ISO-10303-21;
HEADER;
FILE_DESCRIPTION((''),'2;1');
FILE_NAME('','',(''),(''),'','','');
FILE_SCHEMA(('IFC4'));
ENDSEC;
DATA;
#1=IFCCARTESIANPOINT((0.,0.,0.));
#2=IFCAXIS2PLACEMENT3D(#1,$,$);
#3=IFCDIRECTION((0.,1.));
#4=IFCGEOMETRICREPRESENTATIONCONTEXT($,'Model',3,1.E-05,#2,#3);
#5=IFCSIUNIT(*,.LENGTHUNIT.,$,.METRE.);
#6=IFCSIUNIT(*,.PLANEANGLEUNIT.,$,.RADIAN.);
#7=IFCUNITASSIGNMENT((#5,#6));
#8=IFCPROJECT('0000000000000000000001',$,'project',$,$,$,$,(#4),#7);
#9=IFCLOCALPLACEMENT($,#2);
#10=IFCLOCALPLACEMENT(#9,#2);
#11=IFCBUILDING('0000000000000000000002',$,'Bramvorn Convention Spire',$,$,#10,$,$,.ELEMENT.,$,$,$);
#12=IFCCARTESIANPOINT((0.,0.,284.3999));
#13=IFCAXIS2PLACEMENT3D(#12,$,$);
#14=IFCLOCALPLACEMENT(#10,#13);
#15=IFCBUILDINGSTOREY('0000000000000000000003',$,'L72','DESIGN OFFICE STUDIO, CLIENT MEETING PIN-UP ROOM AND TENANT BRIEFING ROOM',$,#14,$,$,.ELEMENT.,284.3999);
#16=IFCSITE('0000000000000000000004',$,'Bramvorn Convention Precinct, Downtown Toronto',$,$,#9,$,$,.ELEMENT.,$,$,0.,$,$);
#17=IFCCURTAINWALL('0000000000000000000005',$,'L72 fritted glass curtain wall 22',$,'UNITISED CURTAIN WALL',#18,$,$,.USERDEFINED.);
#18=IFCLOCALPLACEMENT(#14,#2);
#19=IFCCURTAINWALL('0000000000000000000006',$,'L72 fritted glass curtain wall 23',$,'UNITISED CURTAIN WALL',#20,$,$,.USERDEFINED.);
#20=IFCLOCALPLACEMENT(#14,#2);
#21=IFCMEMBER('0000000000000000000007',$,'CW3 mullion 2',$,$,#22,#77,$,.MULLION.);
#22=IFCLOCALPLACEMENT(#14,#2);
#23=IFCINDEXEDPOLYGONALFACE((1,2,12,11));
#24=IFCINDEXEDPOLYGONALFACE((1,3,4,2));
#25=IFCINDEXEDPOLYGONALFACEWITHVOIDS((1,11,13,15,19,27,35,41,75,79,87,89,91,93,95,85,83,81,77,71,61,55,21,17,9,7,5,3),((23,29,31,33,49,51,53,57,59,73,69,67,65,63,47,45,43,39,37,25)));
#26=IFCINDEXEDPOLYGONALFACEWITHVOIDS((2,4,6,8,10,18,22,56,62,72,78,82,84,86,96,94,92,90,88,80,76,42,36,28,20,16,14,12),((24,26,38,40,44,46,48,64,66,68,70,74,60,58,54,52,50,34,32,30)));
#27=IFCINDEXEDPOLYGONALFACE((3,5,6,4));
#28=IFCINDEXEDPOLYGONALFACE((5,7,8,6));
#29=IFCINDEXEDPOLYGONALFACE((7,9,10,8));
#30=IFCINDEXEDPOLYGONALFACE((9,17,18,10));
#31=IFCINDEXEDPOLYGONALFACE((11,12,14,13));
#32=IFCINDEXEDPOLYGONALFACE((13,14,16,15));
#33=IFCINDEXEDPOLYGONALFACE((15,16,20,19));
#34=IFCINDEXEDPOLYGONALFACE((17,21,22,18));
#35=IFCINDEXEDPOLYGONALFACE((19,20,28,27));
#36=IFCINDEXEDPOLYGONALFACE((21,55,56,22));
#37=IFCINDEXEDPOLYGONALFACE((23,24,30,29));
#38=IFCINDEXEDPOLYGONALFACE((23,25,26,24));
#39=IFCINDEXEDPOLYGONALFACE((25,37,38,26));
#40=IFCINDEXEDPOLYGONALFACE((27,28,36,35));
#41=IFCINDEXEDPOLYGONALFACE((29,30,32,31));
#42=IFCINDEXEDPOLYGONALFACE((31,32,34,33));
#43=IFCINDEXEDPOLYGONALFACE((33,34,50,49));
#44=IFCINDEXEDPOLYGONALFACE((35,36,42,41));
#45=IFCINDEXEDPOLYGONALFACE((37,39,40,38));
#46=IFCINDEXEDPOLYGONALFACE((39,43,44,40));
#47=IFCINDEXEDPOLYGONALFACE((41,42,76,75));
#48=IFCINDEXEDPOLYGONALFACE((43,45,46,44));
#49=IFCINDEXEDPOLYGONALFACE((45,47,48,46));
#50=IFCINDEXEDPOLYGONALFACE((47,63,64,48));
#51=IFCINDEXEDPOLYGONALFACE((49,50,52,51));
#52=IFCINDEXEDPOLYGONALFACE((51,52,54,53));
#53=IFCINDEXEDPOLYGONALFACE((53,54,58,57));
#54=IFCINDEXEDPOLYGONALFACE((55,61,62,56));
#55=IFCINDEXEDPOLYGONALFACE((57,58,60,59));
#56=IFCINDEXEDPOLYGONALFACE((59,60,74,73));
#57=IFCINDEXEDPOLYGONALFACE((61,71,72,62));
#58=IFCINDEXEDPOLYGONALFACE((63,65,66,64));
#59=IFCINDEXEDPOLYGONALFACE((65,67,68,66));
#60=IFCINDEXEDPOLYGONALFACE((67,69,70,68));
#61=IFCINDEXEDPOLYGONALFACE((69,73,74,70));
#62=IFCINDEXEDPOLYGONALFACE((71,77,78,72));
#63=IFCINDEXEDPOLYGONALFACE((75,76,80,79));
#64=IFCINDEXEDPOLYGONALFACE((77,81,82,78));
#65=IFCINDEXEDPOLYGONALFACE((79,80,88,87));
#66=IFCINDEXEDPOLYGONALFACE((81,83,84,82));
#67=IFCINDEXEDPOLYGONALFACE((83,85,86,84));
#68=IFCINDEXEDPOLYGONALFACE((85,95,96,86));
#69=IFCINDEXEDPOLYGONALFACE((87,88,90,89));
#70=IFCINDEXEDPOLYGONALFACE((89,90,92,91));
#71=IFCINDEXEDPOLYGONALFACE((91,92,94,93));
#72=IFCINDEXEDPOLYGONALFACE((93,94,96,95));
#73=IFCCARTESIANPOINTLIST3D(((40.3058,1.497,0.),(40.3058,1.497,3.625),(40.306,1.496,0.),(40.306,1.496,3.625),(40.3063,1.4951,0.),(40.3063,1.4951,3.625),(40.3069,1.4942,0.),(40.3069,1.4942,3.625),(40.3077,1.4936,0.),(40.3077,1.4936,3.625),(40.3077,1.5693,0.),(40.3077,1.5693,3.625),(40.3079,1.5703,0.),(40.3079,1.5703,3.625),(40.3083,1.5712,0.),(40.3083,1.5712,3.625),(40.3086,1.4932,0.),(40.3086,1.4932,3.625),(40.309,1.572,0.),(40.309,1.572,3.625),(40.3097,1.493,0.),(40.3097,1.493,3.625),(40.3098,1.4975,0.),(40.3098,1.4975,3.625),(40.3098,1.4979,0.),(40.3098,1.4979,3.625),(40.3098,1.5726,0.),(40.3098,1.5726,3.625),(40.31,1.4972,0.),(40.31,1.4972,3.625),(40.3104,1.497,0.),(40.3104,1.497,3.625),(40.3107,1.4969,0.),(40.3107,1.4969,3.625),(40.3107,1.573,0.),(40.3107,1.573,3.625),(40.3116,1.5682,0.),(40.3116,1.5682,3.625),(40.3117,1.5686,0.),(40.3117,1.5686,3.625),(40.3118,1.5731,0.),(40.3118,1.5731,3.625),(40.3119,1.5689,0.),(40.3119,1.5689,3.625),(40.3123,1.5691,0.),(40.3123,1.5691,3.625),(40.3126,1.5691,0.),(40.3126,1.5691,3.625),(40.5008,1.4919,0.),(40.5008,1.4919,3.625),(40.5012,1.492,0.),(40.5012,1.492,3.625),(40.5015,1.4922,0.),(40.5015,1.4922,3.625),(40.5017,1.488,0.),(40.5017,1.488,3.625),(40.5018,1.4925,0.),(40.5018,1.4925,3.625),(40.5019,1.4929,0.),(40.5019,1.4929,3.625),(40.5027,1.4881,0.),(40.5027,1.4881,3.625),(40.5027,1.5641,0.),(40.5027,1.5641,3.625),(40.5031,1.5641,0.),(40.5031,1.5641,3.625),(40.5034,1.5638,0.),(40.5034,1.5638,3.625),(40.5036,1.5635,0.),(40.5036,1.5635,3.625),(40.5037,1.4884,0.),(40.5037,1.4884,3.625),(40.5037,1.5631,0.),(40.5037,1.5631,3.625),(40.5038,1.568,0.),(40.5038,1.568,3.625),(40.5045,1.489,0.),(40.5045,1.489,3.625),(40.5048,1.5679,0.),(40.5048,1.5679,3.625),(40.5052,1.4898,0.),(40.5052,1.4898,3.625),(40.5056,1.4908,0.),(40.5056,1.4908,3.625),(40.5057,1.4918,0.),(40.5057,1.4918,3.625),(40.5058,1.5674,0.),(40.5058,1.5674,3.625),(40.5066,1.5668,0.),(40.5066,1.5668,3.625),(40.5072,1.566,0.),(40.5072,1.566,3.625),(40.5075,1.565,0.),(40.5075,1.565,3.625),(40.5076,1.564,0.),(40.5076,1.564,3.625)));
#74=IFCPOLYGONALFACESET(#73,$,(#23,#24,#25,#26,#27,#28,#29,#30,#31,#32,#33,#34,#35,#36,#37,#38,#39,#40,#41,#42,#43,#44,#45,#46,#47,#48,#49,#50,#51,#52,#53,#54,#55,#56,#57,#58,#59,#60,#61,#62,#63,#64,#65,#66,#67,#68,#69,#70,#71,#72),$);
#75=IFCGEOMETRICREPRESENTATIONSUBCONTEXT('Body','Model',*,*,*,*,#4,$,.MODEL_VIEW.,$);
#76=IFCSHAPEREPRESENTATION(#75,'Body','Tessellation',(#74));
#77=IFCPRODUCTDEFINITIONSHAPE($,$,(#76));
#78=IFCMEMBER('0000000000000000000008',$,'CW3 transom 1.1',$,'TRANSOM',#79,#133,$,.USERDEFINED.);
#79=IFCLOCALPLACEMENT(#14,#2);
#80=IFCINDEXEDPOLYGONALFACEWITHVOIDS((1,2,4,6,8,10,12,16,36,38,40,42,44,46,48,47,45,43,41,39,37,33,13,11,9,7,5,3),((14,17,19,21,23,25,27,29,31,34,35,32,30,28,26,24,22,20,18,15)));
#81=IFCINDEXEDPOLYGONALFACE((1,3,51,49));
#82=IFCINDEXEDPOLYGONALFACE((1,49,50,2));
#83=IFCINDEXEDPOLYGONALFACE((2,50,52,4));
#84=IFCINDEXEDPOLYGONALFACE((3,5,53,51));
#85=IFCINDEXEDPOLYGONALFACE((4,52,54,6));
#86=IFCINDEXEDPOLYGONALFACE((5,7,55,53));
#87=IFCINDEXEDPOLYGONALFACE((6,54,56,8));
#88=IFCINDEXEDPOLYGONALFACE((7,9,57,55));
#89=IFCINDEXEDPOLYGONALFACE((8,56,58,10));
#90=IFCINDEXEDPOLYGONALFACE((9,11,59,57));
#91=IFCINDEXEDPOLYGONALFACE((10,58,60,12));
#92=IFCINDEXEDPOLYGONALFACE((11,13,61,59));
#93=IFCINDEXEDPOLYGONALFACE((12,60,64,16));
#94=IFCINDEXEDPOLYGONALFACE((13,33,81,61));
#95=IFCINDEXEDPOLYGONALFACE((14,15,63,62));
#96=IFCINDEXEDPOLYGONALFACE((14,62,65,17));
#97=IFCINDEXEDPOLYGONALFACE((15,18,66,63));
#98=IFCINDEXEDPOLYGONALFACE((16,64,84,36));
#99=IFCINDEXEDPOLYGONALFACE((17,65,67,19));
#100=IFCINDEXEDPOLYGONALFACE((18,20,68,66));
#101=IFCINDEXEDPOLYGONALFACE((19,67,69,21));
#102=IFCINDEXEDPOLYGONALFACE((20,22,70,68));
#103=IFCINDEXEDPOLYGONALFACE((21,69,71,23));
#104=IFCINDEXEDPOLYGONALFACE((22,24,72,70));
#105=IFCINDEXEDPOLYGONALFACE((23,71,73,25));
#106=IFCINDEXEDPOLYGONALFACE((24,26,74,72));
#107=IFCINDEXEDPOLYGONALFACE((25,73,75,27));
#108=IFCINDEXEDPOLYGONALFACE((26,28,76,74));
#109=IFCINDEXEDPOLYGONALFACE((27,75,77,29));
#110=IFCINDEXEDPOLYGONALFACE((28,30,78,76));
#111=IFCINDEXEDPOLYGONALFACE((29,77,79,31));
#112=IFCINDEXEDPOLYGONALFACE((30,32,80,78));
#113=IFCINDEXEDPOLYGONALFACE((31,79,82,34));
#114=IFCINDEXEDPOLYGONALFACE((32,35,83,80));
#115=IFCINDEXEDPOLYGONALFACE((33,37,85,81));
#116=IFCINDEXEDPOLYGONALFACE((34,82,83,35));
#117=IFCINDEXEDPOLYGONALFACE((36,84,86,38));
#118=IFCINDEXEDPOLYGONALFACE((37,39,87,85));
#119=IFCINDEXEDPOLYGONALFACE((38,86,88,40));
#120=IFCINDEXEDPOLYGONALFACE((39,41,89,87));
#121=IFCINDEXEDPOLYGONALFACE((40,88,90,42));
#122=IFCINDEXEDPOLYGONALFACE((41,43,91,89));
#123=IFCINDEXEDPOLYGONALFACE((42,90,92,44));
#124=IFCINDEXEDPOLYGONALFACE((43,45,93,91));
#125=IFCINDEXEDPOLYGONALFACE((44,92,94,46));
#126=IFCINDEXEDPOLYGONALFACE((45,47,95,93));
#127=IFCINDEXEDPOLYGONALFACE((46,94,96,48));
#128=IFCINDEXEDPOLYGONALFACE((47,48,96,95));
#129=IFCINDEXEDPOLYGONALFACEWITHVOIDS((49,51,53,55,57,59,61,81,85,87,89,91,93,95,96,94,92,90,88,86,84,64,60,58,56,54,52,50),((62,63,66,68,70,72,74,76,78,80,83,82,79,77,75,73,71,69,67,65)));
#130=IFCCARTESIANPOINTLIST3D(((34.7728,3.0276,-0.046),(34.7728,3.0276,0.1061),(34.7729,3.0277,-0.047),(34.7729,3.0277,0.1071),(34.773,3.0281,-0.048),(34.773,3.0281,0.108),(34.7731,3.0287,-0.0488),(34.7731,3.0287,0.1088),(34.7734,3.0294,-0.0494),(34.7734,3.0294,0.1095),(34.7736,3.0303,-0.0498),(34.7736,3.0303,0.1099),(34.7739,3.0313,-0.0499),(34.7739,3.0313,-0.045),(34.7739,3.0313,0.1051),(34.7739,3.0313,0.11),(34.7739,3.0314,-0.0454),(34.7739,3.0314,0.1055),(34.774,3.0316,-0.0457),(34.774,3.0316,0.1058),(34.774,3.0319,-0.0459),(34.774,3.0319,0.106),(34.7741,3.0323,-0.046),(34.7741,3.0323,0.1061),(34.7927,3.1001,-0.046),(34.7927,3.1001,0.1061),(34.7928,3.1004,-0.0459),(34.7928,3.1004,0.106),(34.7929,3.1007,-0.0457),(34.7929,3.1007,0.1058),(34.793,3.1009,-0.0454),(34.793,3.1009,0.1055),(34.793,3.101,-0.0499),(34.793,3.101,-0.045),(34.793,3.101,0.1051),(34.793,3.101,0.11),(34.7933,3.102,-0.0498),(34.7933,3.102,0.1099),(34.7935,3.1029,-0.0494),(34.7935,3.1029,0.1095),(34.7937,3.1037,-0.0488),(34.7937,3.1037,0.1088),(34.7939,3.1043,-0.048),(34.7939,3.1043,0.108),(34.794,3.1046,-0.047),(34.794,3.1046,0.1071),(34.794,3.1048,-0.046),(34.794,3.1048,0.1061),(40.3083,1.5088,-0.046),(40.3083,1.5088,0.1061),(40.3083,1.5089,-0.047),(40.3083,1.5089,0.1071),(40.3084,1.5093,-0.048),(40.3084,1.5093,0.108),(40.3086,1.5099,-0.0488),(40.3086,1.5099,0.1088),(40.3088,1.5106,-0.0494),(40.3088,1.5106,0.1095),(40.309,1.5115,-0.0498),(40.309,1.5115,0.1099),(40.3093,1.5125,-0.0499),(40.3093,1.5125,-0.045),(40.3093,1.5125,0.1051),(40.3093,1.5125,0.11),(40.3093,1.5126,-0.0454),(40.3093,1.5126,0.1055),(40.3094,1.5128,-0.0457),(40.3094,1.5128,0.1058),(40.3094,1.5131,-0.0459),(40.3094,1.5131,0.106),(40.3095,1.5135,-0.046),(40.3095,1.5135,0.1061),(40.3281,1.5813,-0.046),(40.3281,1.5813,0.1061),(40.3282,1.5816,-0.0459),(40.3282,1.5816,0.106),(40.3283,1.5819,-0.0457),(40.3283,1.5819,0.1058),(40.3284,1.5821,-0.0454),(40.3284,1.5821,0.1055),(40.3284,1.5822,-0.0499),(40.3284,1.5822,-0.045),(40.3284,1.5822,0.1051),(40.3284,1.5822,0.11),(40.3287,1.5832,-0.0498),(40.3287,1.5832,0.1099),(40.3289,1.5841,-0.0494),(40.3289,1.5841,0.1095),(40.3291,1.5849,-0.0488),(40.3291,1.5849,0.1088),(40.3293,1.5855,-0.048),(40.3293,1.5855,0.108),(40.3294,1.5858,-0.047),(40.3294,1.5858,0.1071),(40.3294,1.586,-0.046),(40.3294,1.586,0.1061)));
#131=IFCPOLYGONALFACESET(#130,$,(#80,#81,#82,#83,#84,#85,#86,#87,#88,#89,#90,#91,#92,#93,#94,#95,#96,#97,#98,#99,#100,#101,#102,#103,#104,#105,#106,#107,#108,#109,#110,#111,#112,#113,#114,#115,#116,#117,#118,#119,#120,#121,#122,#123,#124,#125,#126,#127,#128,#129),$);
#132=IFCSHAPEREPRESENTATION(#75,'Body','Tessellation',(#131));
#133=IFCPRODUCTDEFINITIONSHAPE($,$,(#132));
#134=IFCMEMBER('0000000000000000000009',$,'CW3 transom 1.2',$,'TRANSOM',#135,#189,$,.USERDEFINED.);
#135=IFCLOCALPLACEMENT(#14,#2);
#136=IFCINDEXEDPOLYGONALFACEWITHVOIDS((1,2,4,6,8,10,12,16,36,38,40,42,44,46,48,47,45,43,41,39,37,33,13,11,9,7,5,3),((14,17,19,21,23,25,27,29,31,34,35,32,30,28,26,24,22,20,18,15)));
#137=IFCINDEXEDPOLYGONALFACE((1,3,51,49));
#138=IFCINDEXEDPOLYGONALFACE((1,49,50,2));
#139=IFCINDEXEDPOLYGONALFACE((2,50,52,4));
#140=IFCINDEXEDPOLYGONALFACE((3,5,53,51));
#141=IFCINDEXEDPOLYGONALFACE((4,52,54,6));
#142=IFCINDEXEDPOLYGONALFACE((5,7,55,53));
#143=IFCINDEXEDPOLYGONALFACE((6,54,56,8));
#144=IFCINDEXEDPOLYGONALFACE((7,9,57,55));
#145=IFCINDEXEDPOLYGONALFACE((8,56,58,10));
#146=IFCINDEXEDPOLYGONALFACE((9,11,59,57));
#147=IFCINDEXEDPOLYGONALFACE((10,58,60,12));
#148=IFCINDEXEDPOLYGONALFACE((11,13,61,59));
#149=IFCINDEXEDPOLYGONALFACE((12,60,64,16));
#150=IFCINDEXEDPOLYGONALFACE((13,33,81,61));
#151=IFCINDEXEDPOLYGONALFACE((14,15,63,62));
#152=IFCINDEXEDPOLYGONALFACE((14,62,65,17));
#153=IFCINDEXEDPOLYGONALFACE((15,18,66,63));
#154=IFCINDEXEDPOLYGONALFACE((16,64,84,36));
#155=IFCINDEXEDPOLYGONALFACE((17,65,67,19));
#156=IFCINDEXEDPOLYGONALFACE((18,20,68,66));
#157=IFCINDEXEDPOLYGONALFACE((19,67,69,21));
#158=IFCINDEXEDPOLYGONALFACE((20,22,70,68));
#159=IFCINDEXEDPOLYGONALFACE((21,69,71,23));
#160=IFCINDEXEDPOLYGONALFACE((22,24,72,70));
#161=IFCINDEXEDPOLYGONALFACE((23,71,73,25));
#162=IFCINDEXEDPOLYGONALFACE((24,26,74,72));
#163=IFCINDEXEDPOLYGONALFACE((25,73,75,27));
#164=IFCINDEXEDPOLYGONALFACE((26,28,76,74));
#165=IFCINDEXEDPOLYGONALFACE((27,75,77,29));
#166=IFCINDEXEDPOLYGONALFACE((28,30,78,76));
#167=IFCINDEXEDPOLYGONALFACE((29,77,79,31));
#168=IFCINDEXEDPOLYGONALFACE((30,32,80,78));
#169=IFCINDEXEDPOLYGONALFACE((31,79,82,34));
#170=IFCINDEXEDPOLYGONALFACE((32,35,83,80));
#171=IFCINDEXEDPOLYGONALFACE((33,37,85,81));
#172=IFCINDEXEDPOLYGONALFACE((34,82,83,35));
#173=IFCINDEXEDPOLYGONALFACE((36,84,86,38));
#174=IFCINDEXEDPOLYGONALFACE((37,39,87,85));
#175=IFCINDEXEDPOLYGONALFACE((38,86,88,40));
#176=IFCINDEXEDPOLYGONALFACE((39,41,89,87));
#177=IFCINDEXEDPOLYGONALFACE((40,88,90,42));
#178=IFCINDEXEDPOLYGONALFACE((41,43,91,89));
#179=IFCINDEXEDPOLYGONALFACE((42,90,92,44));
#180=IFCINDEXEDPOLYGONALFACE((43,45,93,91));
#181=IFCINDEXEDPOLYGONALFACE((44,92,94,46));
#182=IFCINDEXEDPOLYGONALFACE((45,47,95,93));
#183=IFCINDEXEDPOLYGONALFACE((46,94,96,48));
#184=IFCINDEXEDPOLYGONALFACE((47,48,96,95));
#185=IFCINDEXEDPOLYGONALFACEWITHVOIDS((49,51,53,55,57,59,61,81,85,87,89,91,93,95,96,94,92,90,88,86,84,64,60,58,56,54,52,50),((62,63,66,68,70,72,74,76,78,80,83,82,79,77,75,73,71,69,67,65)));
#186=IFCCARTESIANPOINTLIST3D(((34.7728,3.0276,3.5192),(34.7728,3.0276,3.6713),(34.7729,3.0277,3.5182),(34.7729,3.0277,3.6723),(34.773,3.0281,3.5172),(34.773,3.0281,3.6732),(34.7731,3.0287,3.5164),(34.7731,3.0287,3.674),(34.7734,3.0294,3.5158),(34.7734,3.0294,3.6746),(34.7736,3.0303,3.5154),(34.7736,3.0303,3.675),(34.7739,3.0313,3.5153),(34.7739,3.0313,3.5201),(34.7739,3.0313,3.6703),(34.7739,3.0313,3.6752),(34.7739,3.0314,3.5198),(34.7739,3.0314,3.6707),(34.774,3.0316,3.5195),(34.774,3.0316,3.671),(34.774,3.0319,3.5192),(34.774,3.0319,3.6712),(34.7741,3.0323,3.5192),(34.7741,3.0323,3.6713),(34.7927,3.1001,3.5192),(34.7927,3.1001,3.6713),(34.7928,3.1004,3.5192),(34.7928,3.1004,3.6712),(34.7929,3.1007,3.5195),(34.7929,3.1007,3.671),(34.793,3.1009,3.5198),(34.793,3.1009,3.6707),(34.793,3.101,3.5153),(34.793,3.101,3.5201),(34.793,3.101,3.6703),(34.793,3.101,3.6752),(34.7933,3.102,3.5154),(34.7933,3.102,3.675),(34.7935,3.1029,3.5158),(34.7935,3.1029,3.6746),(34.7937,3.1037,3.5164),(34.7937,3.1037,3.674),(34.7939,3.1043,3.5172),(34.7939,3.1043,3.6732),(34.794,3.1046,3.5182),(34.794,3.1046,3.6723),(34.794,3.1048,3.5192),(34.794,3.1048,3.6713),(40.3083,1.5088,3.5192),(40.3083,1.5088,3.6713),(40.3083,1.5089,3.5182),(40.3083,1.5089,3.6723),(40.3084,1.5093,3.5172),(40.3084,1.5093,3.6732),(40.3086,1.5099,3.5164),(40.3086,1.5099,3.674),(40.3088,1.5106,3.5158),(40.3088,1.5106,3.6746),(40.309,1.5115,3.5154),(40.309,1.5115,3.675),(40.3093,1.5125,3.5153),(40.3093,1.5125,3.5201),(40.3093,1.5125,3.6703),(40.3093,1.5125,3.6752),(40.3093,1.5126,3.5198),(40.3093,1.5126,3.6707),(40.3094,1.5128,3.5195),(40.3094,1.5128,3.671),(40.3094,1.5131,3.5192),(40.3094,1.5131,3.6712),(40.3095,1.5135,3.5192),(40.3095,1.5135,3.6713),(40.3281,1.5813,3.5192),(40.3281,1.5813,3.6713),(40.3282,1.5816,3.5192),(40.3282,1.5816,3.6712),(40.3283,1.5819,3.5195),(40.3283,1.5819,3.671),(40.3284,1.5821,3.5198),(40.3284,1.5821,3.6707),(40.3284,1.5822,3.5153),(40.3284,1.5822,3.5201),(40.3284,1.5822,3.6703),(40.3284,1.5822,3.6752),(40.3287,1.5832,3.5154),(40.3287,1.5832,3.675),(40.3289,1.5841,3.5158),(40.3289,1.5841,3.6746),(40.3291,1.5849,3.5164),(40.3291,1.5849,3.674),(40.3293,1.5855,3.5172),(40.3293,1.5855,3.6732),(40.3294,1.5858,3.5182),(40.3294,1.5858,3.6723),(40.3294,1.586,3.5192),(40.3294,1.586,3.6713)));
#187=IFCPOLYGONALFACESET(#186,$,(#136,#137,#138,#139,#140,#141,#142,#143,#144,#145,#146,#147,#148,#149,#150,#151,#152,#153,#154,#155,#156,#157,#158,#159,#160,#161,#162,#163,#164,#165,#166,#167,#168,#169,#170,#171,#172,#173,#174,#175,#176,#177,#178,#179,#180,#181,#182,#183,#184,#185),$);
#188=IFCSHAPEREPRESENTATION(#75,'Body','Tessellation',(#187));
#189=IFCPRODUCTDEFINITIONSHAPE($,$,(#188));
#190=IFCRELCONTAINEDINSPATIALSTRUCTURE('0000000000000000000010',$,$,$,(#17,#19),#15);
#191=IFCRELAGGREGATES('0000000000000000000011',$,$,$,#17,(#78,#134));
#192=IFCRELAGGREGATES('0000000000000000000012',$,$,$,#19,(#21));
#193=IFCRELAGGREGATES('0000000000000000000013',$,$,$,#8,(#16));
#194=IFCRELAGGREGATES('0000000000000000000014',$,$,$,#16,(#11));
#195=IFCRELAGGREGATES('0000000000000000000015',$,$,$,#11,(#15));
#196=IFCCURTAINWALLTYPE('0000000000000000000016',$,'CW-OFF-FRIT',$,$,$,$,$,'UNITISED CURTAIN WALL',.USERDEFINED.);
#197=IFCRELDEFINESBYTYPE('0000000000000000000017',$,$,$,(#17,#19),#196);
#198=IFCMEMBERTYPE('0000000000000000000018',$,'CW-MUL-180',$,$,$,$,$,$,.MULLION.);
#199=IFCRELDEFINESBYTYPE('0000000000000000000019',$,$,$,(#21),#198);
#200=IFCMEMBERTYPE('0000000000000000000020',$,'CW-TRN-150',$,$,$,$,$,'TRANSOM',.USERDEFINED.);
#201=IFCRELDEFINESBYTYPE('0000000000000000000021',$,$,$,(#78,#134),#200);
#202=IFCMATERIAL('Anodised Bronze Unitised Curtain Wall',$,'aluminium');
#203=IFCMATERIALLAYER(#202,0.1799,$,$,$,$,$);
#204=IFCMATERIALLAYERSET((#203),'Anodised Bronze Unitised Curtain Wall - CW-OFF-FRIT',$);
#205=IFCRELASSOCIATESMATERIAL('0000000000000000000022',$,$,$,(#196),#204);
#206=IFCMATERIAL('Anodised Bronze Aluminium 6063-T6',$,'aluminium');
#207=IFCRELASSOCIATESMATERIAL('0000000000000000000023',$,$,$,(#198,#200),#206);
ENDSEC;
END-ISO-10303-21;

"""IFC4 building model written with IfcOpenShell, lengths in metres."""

from ifc_helpers import new_model, si_unit, direction, frame, origin, origin_2d, place, context, subcontext, project, spatial, hollow_rectangle, extrude, material, layer, layer_set, material_profile, profile_set, type_object, element, aggregate, save


model = new_model("IFC4")

# Units and contexts
model_context = context("Model", 3, precision=1e-05, world=origin(), true_north=direction((0.0, 1.0)))
body_context = subcontext(model_context, "Body", "Model", "MODEL_VIEW")
ifc_project = project(units=[si_unit("LENGTHUNIT", "METRE"), si_unit("PLANEANGLEUNIT", "RADIAN")], contexts=[model_context])

# Site, building, storey
site_placement = place(None, origin())
site = spatial("IfcSite", under=ifc_project, at=site_placement, Name="Bramvorn Convention Precinct, Downtown Toronto", CompositionType="ELEMENT", RefElevation=0.0)
building_placement = place(site_placement, origin())
building = spatial("IfcBuilding", under=site, at=building_placement, Name="Bramvorn Convention Spire", CompositionType="ELEMENT")
storey_placement = place(building_placement, frame((0.0, 0.0, 284.3999)))
storey = spatial("IfcBuildingStorey", under=building, at=storey_placement, Name="L72", Description="DESIGN OFFICE STUDIO, CLIENT MEETING PIN-UP ROOM AND TENANT BRIEFING ROOM", CompositionType="ELEMENT", Elevation=284.3999)

# Curtain walls, member
ifc_material_1 = material(Name="Anodised Bronze Unitised Curtain Wall", Category="aluminium")
ifc_layer_1 = layer(ifc_material_1, 0.1799)
ifc_layer_set_1 = layer_set([ifc_layer_1], Name="Anodised Bronze Unitised Curtain Wall - CW-OFF-FRIT")
curtain_wall_type = type_object("IfcCurtainWallType", Name="CW-OFF-FRIT", ElementType="UNITISED CURTAIN WALL", PredefinedType="USERDEFINED", material=ifc_layer_set_1)
curtain_wall_1_placement = place(storey_placement, origin())
curtain_wall_1 = element("IfcCurtainWall", 1, at=curtain_wall_1_placement, inside=storey, type_object=curtain_wall_type, Name="L72 fritted glass curtain wall 22", ObjectType="UNITISED CURTAIN WALL", PredefinedType="USERDEFINED")
ifc_material_2 = material(Name="Anodised Bronze Aluminium 6063-T6", Category="aluminium")
ifc_material_profile_1 = material_profile(ifc_material_2, hollow_rectangle(XDim=0.0801, YDim=0.2, WallThickness=0.0039, InnerFilletRadius=0.001, OuterFilletRadius=0.0039, at=origin_2d()))
ifc_profile_set_1 = profile_set([ifc_material_profile_1], Name="Anodised Bronze Aluminium 6063-T6 - CWM80X200")
member_type_1 = type_object("IfcMemberType", Name="CW-MUL-180", PredefinedType="MULLION", material=ifc_profile_set_1)
curtain_wall_2_placement = place(storey_placement, origin())
curtain_wall_2 = element("IfcCurtainWall", 2, at=curtain_wall_2_placement, inside=storey, type_object=curtain_wall_type, Name="L72 fritted glass curtain wall 23", ObjectType="UNITISED CURTAIN WALL", PredefinedType="USERDEFINED")
member_1_placement = place(storey_placement, frame((40.4067, 1.5305, 0.0), z_axis=(0.0, 0.0, 1.0), x_axis=(-0.026258, -0.999655, 0.0)))
member_1 = element("IfcMember", 3, at=member_1_placement, type_object=member_type_1, Name="CW3 mullion 2", PredefinedType="MULLION", context=body_context, shape_type="SweptSolid", body=[
    extrude(hollow_rectangle(XDim=0.0801, YDim=0.2, WallThickness=0.0039, InnerFilletRadius=0.001, OuterFilletRadius=0.0039, at=origin_2d()), origin(), (0.0, 0.0, 1.0), 3.625),
])

# Members
ifc_material_profile_2 = material_profile(ifc_material_2, hollow_rectangle(XDim=0.0801, YDim=0.1599, WallThickness=0.0039, InnerFilletRadius=0.001, OuterFilletRadius=0.0039, at=origin_2d()))
ifc_profile_set_2 = profile_set([ifc_material_profile_2], Name="Anodised Bronze Aluminium 6063-T6 - CWT80X160")
member_type_2 = type_object("IfcMemberType", Name="CW-TRN-150", ElementType="TRANSOM", PredefinedType="USERDEFINED", material=ifc_profile_set_2)
member_2_placement = place(storey_placement, frame((40.3188, 1.5474, 0.03), z_axis=(-0.964358, 0.2646, 0.0), x_axis=(-0.2646, -0.964358, 0.0)))
member_2 = element("IfcMember", 4, at=member_2_placement, type_object=member_type_2, Name="CW3 transom 1.1", ObjectType="TRANSOM", PredefinedType="USERDEFINED", context=body_context, shape_type="SweptSolid", body=[
    extrude(hollow_rectangle(XDim=0.0801, YDim=0.1599, WallThickness=0.0039, InnerFilletRadius=0.001, OuterFilletRadius=0.0039, at=origin_2d()), origin(), (0.0, 0.0, 1.0), 5.74),
])
member_3_placement = place(storey_placement, frame((40.3188, 1.5474, 3.5952), z_axis=(-0.964358, 0.2646, 0.0), x_axis=(-0.2646, -0.964358, 0.0)))
member_3 = element("IfcMember", 5, at=member_3_placement, type_object=member_type_2, Name="CW3 transom 1.2", ObjectType="TRANSOM", PredefinedType="USERDEFINED", context=body_context, shape_type="SweptSolid", body=[
    extrude(hollow_rectangle(XDim=0.0801, YDim=0.1599, WallThickness=0.0039, InnerFilletRadius=0.001, OuterFilletRadius=0.0039, at=origin_2d()), origin(), (0.0, 0.0, 1.0), 5.74),
])

aggregate(curtain_wall_1, [member_2, member_3])
aggregate(curtain_wall_2, [member_1])

save(model, "model.ifc")
